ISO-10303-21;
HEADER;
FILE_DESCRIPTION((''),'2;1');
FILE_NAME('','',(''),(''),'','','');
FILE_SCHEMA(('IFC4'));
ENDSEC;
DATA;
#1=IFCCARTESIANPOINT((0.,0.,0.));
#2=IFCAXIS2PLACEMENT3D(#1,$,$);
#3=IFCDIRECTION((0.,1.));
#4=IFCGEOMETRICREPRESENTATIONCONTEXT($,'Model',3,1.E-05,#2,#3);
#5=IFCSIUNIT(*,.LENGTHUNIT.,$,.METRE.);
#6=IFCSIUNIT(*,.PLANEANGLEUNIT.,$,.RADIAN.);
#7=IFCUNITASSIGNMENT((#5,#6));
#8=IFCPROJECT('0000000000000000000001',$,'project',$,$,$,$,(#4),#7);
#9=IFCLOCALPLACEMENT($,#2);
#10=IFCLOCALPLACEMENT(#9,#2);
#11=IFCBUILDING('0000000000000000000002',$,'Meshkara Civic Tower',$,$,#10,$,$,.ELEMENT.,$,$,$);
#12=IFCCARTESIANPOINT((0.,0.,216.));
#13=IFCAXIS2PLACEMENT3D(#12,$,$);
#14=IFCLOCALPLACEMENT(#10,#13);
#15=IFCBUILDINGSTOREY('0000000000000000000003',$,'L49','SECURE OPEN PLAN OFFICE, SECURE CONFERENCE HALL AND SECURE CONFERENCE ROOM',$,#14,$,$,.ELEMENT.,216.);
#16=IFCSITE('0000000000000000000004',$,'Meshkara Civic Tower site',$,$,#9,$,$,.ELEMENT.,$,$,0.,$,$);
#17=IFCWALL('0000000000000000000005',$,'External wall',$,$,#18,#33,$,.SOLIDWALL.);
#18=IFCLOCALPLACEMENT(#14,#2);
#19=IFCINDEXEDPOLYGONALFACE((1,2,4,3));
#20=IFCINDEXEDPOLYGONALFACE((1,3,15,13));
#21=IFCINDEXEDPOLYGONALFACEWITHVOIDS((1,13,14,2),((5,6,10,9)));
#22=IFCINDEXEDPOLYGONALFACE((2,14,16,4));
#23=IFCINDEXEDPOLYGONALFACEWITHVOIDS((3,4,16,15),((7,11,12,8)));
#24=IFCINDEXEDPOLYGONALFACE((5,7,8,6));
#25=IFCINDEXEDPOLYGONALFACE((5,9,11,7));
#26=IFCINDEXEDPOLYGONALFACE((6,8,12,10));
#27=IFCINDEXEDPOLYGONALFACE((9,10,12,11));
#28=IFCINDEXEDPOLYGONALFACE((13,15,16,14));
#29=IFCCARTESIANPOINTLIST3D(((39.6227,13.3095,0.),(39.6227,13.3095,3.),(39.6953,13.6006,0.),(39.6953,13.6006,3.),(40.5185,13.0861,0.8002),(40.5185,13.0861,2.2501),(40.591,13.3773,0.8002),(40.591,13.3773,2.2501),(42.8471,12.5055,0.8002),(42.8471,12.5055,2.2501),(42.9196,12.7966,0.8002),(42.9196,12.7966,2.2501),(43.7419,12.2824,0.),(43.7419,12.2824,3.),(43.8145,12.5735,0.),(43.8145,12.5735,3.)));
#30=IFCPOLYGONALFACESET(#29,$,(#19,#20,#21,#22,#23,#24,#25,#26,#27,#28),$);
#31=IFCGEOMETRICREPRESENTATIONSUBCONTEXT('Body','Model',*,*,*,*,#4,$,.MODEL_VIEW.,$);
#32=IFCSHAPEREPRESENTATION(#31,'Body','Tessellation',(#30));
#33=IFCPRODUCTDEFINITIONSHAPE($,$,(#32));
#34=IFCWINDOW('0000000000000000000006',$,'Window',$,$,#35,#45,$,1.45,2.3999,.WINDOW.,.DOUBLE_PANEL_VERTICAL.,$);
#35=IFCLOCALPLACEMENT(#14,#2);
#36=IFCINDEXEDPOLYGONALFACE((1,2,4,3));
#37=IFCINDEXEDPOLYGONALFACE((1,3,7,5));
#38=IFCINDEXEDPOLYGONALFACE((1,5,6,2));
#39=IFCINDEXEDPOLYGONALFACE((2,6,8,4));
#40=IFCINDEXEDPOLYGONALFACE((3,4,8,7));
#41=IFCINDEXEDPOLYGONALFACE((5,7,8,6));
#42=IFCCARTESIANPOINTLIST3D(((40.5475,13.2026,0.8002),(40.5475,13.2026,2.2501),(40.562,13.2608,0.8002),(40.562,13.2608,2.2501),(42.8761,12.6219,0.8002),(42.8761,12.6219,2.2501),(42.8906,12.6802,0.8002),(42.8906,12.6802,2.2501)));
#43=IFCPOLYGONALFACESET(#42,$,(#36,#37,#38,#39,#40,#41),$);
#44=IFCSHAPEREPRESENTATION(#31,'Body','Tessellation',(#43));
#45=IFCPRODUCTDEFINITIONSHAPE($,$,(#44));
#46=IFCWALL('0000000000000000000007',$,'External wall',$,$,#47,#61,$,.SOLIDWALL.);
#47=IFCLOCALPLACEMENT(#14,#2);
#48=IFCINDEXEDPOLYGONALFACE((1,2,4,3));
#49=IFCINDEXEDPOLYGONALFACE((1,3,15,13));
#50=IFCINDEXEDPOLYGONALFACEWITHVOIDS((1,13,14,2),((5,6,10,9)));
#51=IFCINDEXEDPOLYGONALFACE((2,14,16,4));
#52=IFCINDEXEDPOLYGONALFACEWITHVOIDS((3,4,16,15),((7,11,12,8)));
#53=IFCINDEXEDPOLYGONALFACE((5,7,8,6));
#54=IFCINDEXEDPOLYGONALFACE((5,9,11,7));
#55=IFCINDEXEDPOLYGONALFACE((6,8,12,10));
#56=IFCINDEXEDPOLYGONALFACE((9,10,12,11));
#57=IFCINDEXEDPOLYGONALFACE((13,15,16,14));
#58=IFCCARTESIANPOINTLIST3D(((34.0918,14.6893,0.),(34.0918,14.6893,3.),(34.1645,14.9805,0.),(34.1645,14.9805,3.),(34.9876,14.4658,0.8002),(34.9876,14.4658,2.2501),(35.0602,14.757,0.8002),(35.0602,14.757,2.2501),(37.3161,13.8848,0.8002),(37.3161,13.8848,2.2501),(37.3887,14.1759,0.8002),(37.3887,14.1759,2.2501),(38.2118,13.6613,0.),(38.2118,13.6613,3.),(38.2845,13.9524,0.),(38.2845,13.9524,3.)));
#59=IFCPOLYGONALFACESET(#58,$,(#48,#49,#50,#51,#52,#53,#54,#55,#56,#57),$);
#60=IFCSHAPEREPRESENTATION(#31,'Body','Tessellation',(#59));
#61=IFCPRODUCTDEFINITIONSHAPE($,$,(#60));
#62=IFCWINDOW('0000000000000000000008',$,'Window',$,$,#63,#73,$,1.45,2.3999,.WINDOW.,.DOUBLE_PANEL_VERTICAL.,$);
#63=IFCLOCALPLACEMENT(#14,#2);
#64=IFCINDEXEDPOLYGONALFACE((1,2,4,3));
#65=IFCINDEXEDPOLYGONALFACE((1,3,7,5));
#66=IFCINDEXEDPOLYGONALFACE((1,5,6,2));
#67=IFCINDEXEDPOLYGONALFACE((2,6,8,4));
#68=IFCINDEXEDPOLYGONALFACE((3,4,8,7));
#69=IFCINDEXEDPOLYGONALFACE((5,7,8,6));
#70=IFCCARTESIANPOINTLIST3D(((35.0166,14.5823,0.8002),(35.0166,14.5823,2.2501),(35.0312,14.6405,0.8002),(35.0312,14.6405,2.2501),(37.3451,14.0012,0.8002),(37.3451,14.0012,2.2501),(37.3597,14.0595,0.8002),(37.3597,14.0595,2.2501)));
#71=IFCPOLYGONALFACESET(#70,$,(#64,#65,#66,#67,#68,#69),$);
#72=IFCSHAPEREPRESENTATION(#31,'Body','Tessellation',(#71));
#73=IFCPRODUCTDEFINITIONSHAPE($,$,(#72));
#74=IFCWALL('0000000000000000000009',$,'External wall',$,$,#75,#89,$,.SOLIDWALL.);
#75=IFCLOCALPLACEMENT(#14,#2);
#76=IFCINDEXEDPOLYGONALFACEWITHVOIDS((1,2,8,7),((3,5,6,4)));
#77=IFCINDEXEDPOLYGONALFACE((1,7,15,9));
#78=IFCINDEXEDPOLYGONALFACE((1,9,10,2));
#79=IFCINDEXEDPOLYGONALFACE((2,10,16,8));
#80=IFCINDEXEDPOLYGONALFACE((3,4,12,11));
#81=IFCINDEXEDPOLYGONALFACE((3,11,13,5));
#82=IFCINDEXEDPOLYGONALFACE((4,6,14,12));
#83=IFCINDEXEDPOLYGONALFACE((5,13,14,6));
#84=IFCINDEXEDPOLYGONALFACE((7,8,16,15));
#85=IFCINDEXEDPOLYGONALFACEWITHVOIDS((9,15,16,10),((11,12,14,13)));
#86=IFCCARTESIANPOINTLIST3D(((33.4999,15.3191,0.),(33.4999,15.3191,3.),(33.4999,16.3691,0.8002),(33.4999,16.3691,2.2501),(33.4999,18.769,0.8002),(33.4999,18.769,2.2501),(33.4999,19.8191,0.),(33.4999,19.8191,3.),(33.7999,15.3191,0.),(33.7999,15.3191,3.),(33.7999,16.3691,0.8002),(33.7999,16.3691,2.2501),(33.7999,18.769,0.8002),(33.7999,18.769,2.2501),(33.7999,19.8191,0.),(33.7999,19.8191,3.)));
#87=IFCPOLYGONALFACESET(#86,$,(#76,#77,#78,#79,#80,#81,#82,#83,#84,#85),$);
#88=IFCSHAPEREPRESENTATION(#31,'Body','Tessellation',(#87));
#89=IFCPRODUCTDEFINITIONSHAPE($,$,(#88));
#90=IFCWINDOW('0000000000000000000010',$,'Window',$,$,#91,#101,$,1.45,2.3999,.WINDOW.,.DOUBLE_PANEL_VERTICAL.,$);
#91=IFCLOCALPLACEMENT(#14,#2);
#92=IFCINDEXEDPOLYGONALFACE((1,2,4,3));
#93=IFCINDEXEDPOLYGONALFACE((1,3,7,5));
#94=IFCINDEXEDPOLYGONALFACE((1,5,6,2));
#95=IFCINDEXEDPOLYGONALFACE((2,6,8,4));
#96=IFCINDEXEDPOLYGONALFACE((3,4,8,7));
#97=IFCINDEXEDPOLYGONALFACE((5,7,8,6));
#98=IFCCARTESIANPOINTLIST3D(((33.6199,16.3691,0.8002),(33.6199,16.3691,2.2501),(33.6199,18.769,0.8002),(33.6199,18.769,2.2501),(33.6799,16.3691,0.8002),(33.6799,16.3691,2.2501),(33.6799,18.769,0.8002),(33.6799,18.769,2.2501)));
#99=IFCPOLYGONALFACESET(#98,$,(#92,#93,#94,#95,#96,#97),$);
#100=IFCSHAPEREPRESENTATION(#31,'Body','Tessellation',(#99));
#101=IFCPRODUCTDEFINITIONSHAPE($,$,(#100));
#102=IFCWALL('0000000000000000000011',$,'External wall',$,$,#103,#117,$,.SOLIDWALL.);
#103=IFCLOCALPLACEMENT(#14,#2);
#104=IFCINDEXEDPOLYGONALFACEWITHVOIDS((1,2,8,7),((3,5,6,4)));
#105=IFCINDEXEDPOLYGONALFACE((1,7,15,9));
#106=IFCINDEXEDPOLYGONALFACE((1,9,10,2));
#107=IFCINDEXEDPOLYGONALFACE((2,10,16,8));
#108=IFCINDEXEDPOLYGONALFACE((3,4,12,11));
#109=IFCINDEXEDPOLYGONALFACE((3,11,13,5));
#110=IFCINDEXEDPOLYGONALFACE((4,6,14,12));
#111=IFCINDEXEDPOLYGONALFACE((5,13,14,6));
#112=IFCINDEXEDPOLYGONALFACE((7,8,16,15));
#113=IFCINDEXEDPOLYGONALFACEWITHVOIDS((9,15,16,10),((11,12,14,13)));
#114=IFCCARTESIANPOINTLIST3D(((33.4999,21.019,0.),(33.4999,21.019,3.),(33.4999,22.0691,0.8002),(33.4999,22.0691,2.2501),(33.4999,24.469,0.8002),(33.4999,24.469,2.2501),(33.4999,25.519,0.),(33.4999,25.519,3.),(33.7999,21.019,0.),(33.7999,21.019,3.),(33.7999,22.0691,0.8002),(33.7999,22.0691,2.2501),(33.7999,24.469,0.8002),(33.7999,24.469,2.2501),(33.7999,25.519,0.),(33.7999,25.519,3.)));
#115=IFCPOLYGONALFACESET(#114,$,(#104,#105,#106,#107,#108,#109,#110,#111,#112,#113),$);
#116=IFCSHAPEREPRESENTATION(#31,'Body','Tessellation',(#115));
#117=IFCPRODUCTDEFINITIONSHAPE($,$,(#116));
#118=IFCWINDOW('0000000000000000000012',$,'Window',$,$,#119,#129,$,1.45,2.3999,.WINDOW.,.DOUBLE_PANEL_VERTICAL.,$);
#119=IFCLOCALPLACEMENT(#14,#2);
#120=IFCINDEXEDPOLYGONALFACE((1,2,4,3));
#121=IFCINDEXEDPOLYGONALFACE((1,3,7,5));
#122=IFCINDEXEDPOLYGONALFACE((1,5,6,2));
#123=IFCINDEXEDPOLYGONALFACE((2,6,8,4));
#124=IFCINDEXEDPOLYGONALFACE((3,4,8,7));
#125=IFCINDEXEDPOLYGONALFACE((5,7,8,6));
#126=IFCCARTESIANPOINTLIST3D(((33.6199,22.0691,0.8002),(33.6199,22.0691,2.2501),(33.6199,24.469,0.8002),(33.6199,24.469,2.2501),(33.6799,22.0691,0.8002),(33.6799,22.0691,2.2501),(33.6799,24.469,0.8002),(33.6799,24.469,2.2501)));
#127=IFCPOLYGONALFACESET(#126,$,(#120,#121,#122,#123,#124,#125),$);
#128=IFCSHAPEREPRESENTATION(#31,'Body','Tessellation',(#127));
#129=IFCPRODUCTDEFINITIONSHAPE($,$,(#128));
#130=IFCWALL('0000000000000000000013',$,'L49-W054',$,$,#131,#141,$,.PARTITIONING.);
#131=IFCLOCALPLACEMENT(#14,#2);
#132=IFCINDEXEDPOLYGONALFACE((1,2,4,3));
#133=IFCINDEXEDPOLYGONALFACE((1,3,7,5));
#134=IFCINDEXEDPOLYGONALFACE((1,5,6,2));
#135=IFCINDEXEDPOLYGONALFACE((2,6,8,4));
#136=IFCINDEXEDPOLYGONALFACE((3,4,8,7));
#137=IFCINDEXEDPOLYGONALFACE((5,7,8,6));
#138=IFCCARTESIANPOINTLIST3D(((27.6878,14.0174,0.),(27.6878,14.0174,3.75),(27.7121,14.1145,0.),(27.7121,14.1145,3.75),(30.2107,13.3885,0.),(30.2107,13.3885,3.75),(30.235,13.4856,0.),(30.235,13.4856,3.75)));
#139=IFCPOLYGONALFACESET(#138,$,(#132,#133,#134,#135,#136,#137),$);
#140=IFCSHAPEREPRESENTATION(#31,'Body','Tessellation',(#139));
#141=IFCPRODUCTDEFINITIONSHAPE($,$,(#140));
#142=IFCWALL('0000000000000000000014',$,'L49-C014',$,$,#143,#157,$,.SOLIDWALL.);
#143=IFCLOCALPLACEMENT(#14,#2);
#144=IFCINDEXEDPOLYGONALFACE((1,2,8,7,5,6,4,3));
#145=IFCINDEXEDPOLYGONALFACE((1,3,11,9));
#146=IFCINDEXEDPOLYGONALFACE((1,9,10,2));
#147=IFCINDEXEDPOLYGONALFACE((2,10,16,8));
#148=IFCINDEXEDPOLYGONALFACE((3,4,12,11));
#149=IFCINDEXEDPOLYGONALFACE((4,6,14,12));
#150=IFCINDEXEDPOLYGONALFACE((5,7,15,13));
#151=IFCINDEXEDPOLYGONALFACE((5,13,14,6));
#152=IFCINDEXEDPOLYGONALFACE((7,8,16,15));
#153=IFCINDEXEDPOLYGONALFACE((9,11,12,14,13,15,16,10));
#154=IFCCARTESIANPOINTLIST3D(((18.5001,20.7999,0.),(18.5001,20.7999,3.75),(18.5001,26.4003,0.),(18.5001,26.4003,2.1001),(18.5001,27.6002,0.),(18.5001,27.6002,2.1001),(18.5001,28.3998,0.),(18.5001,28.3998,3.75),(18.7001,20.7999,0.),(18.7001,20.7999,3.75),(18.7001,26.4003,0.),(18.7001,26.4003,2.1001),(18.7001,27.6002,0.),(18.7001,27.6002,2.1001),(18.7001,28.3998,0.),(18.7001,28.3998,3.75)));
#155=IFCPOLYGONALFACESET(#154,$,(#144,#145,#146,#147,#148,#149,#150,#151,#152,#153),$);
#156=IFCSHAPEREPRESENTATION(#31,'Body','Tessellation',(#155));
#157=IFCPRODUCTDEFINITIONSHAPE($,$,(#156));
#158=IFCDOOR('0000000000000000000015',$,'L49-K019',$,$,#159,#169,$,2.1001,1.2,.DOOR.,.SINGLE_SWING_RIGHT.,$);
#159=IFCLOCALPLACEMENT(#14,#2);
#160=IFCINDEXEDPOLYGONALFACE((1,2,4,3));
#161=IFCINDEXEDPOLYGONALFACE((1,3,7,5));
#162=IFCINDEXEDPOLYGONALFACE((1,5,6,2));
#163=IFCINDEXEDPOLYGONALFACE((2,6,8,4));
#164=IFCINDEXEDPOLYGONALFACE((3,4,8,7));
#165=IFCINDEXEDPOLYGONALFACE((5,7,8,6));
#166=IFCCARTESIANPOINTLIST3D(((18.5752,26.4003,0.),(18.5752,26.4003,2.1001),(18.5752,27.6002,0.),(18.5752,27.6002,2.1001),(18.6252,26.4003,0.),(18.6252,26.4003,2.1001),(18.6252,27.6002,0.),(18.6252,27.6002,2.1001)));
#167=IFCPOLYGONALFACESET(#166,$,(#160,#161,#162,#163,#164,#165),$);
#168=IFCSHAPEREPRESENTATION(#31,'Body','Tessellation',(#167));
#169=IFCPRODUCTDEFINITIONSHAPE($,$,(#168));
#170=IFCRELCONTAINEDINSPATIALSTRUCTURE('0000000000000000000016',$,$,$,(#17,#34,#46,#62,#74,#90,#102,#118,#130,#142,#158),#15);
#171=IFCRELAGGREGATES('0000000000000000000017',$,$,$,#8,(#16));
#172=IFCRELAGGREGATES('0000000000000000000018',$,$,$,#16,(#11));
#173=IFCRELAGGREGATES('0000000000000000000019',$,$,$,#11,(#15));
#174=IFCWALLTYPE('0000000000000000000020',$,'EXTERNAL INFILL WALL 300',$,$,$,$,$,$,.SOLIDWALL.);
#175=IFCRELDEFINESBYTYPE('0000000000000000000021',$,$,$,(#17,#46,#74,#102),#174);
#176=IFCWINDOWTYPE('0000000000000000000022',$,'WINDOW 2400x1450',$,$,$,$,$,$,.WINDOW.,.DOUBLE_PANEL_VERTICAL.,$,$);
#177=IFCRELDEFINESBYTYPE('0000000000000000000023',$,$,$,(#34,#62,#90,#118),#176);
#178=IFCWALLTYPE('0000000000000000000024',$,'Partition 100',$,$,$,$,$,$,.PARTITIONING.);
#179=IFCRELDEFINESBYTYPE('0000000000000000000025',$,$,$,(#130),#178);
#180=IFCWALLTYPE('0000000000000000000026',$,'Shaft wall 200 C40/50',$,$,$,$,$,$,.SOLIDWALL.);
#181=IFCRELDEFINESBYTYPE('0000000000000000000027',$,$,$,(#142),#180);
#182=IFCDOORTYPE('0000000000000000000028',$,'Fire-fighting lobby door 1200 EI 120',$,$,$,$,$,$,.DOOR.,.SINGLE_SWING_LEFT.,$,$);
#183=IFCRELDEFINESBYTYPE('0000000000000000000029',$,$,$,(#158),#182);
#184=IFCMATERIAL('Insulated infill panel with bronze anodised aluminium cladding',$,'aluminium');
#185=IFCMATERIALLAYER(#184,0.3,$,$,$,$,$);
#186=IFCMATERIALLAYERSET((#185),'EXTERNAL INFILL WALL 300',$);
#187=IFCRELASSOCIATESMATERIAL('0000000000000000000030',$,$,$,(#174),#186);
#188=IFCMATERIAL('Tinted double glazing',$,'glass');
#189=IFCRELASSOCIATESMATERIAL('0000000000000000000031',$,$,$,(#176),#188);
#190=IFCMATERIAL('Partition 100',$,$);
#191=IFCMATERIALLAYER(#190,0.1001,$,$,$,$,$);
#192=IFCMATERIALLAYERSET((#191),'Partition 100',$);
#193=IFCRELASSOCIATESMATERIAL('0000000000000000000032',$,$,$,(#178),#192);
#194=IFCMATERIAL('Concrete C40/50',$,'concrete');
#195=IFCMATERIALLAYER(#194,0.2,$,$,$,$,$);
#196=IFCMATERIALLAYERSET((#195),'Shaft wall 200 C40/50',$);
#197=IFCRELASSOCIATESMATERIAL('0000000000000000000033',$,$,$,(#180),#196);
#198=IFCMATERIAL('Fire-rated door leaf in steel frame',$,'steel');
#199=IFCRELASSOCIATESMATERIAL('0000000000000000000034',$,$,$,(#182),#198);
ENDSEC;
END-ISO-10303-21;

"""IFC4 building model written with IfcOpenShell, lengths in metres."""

from ifc_helpers import new_model, si_unit, direction, frame, frame_2d, origin, place, context, subcontext, project, spatial, rectangle, extrude, material, layer, layer_set, type_object, element, fill, save


model = new_model("IFC4")

# Units and contexts
model_context = context("Model", 3, precision=1e-05, world=origin(), true_north=direction((0.0, 1.0)))
body_context = subcontext(model_context, "Body", "Model", "MODEL_VIEW")
ifc_project = project(units=[si_unit("LENGTHUNIT", "METRE"), si_unit("PLANEANGLEUNIT", "RADIAN")], contexts=[model_context])

# Site, building, storey
site_placement = place(None, origin())
site = spatial("IfcSite", under=ifc_project, at=site_placement, Name="Meshkara Civic Tower site", CompositionType="ELEMENT", RefElevation=0.0)
building_placement = place(site_placement, origin())
building = spatial("IfcBuilding", under=site, at=building_placement, Name="Meshkara Civic Tower", CompositionType="ELEMENT")
storey_placement = place(building_placement, frame((0.0, 0.0, 216.0)))
storey = spatial("IfcBuildingStorey", under=building, at=storey_placement, Name="L49", Description="SECURE OPEN PLAN OFFICE, SECURE CONFERENCE HALL AND SECURE CONFERENCE ROOM", CompositionType="ELEMENT", Elevation=216.0)

# Walls, openings, windows
ifc_material_1 = material(Name="Insulated infill panel with bronze anodised aluminium cladding", Category="aluminium")
ifc_layer_1 = layer(ifc_material_1, 0.3)
ifc_layer_set_1 = layer_set([ifc_layer_1], Name="EXTERNAL INFILL WALL 300")
wall_type_1 = type_object("IfcWallType", Name="EXTERNAL INFILL WALL 300", PredefinedType="SOLIDWALL", material=ifc_layer_set_1)
wall_1_placement = place(storey_placement, frame((43.7781, 12.428, 0.0), z_axis=(0.0, 0.0, 1.0), x_axis=(-0.970291, 0.24194, 0.0)))
wall_1 = element("IfcWall", 1, at=wall_1_placement, inside=storey, type_object=wall_type_1, Name="External wall", PredefinedType="SOLIDWALL", context=body_context, shape_type="SweptSolid", body=[
    extrude(rectangle(XDim=4.2454, YDim=0.3, at=frame_2d((2.1226, 0.0))), origin(), (0.0, 0.0, 1.0), 3.0),
])
opening_1_placement = place(wall_1_placement, frame((0.9221, 0.0, 0.8)))
opening_1 = element("IfcOpeningElement", 2, at=opening_1_placement, cuts=wall_1, PredefinedType="OPENING", context=body_context, shape_type="SweptSolid", body=[
    extrude(rectangle(XDim=2.3999, YDim=1.45, at=frame_2d((1.2, 0.7251))), frame((0.0, 0.1599, 0.0), z_axis=(0.0, -1.0, 0.0), x_axis=(1.0, 0.0, 0.0)), (0.0, 0.0, 1.0), 0.3201),
])
ifc_material_2 = material(Name="Tinted double glazing", Category="glass")
window_type = type_object("IfcWindowType", Name="WINDOW 2400x1450", PartitioningType="DOUBLE_PANEL_VERTICAL", PredefinedType="WINDOW", material=ifc_material_2)
window_1_placement = place(opening_1_placement, origin())
window_1 = element("IfcWindow", 3, at=window_1_placement, inside=storey, type_object=window_type, Name="Window", OverallHeight=1.45, OverallWidth=2.3999, PartitioningType="DOUBLE_PANEL_VERTICAL", PredefinedType="WINDOW", context=body_context, shape_type="SweptSolid", body=[
    extrude(rectangle(XDim=2.3999, YDim=1.45, at=frame_2d((1.2, 0.7251))), frame((0.0, 0.03, 0.0), z_axis=(0.0, -1.0, 0.0), x_axis=(1.0, 0.0, 0.0)), (0.0, 0.0, 1.0), 0.0601),
])
fill(opening_1, window_1)
wall_2_placement = place(storey_placement, frame((38.248, 13.8069, 0.0), z_axis=(0.0, 0.0, 1.0), x_axis=(-0.970251, 0.242103, 0.0)))
wall_2 = element("IfcWall", 4, at=wall_2_placement, inside=storey, type_object=wall_type_1, Name="External wall", PredefinedType="SOLIDWALL", context=body_context, shape_type="SweptSolid", body=[
    extrude(rectangle(XDim=4.2463, YDim=0.3, at=frame_2d((2.123, 0.0))), origin(), (0.0, 0.0, 1.0), 3.0),
])
opening_2_placement = place(wall_2_placement, frame((0.9231, 0.0, 0.8)))
opening_2 = element("IfcOpeningElement", 5, at=opening_2_placement, cuts=wall_2, PredefinedType="OPENING", context=body_context, shape_type="SweptSolid", body=[
    extrude(rectangle(XDim=2.3999, YDim=1.45, at=frame_2d((1.2, 0.7251))), frame((0.0, 0.1599, 0.0), z_axis=(0.0, -1.0, 0.0), x_axis=(1.0, 0.0, 0.0)), (0.0, 0.0, 1.0), 0.3201),
])
window_2_placement = place(opening_2_placement, origin())
window_2 = element("IfcWindow", 6, at=window_2_placement, inside=storey, type_object=window_type, Name="Window", OverallHeight=1.45, OverallWidth=2.3999, PartitioningType="DOUBLE_PANEL_VERTICAL", PredefinedType="WINDOW", context=body_context, shape_type="SweptSolid", body=[
    extrude(rectangle(XDim=2.3999, YDim=1.45, at=frame_2d((1.2, 0.7251))), frame((0.0, 0.03, 0.0), z_axis=(0.0, -1.0, 0.0), x_axis=(1.0, 0.0, 0.0)), (0.0, 0.0, 1.0), 0.0601),
])
fill(opening_2, window_2)
wall_3_placement = place(storey_placement, frame((33.6499, 15.3191, 0.0), z_axis=(0.0, 0.0, 1.0), x_axis=(0.0, 1.0, 0.0)))
wall_3 = element("IfcWall", 7, at=wall_3_placement, inside=storey, type_object=wall_type_1, Name="External wall", PredefinedType="SOLIDWALL", context=body_context, shape_type="SweptSolid", body=[
    extrude(rectangle(XDim=4.5, YDim=0.3, at=frame_2d((2.25, 0.0))), origin(), (0.0, 0.0, 1.0), 3.0),
])
opening_3_placement = place(wall_3_placement, frame((1.05, 0.0, 0.8)))
opening_3 = element("IfcOpeningElement", 8, at=opening_3_placement, cuts=wall_3, PredefinedType="OPENING", context=body_context, shape_type="SweptSolid", body=[
    extrude(rectangle(XDim=2.3999, YDim=1.45, at=frame_2d((1.2, 0.7251))), frame((0.0, 0.1599, 0.0), z_axis=(0.0, -1.0, 0.0), x_axis=(1.0, 0.0, 0.0)), (0.0, 0.0, 1.0), 0.3201),
])
window_3_placement = place(opening_3_placement, origin())
window_3 = element("IfcWindow", 9, at=window_3_placement, inside=storey, type_object=window_type, Name="Window", OverallHeight=1.45, OverallWidth=2.3999, PartitioningType="DOUBLE_PANEL_VERTICAL", PredefinedType="WINDOW", context=body_context, shape_type="SweptSolid", body=[
    extrude(rectangle(XDim=2.3999, YDim=1.45, at=frame_2d((1.2, 0.7251))), frame((0.0, 0.03, 0.0), z_axis=(0.0, -1.0, 0.0), x_axis=(1.0, 0.0, 0.0)), (0.0, 0.0, 1.0), 0.0601),
])
fill(opening_3, window_3)
wall_4_placement = place(storey_placement, frame((33.6499, 21.019, 0.0), z_axis=(0.0, 0.0, 1.0), x_axis=(0.0, 1.0, 0.0)))
wall_4 = element("IfcWall", 10, at=wall_4_placement, inside=storey, type_object=wall_type_1, Name="External wall", PredefinedType="SOLIDWALL", context=body_context, shape_type="SweptSolid", body=[
    extrude(rectangle(XDim=4.5, YDim=0.3, at=frame_2d((2.25, 0.0))), origin(), (0.0, 0.0, 1.0), 3.0),
])
opening_4_placement = place(wall_4_placement, frame((1.05, 0.0, 0.8)))
opening_4 = element("IfcOpeningElement", 11, at=opening_4_placement, cuts=wall_4, PredefinedType="OPENING", context=body_context, shape_type="SweptSolid", body=[
    extrude(rectangle(XDim=2.3999, YDim=1.45, at=frame_2d((1.2, 0.7251))), frame((0.0, 0.1599, 0.0), z_axis=(0.0, -1.0, 0.0), x_axis=(1.0, 0.0, 0.0)), (0.0, 0.0, 1.0), 0.3201),
])
window_4_placement = place(opening_4_placement, origin())
window_4 = element("IfcWindow", 12, at=window_4_placement, inside=storey, type_object=window_type, Name="Window", OverallHeight=1.45, OverallWidth=2.3999, PartitioningType="DOUBLE_PANEL_VERTICAL", PredefinedType="WINDOW", context=body_context, shape_type="SweptSolid", body=[
    extrude(rectangle(XDim=2.3999, YDim=1.45, at=frame_2d((1.2, 0.7251))), frame((0.0, 0.03, 0.0), z_axis=(0.0, -1.0, 0.0), x_axis=(1.0, 0.0, 0.0)), (0.0, 0.0, 1.0), 0.0601),
])
fill(opening_4, window_4)

# Wall
ifc_material_3 = material(Name="Partition 100")
ifc_layer_2 = layer(ifc_material_3, 0.1001)
ifc_layer_set_2 = layer_set([ifc_layer_2], Name="Partition 100")
wall_type_2 = type_object("IfcWallType", Name="Partition 100", PredefinedType="PARTITIONING", material=ifc_layer_set_2)
wall_5_placement = place(storey_placement, frame((27.7, 14.0659, 0.0), z_axis=(0.0, 0.0, 1.0), x_axis=(0.970308, -0.241873, 0.0)))
element("IfcWall", 13, at=wall_5_placement, inside=storey, type_object=wall_type_2, Name="L49-W054", PredefinedType="PARTITIONING", context=body_context, shape_type="SweptSolid", body=[
    extrude(rectangle(XDim=2.6001, YDim=0.1001, at=frame_2d((1.3, 0.0))), origin(), (0.0, 0.0, 1.0), 3.75),
])

# Wall, opening, door
ifc_material_4 = material(Name="Concrete C40/50", Category="concrete")
ifc_layer_3 = layer(ifc_material_4, 0.2)
ifc_layer_set_3 = layer_set([ifc_layer_3], Name="Shaft wall 200 C40/50")
wall_type_3 = type_object("IfcWallType", Name="Shaft wall 200 C40/50", PredefinedType="SOLIDWALL", material=ifc_layer_set_3)
wall_6_placement = place(storey_placement, frame((18.6001, 20.8, 0.0), z_axis=(0.0, 0.0, 1.0), x_axis=(0.0, 1.0, 0.0)))
wall_6 = element("IfcWall", 14, at=wall_6_placement, inside=storey, type_object=wall_type_3, Name="L49-C014", PredefinedType="SOLIDWALL", context=body_context, shape_type="SweptSolid", body=[
    extrude(rectangle(XDim=7.5999, YDim=0.2, at=frame_2d((3.7998, 0.0))), origin(), (0.0, 0.0, 1.0), 3.75),
])
opening_5_placement = place(wall_6_placement, frame((5.6001, 0.0, 0.0)))
opening_5 = element("IfcOpeningElement", 15, at=opening_5_placement, cuts=wall_6, PredefinedType="OPENING", context=body_context, shape_type="SweptSolid", body=[
    extrude(rectangle(XDim=1.2, YDim=2.1001, at=frame_2d((0.6001, 1.05))), frame((0.0, 0.1099, 0.0), z_axis=(0.0, -1.0, 0.0), x_axis=(1.0, 0.0, 0.0)), (0.0, 0.0, 1.0), 0.22),
])
ifc_material_5 = material(Name="Fire-rated door leaf in steel frame", Category="steel")
door_type_1 = type_object("IfcDoorType", Name="Fire-fighting lobby door 1200 EI 120", OperationType="SINGLE_SWING_LEFT", PredefinedType="DOOR", material=ifc_material_5)
door_1_placement = place(opening_5_placement, origin())
door_1 = element("IfcDoor", 16, at=door_1_placement, inside=storey, type_object=door_type_1, Name="L49-K019", OperationType="SINGLE_SWING_RIGHT", OverallHeight=2.1001, OverallWidth=1.2, PredefinedType="DOOR", context=body_context, shape_type="SweptSolid", body=[
    extrude(rectangle(XDim=1.2, YDim=2.1001, at=frame_2d((0.6001, 1.05))), frame((0.0, 0.0249, 0.0), z_axis=(0.0, -1.0, 0.0), x_axis=(1.0, 0.0, 0.0)), (0.0, 0.0, 1.0), 0.05),
])
fill(opening_5, door_1)

save(model, "model.ifc")
